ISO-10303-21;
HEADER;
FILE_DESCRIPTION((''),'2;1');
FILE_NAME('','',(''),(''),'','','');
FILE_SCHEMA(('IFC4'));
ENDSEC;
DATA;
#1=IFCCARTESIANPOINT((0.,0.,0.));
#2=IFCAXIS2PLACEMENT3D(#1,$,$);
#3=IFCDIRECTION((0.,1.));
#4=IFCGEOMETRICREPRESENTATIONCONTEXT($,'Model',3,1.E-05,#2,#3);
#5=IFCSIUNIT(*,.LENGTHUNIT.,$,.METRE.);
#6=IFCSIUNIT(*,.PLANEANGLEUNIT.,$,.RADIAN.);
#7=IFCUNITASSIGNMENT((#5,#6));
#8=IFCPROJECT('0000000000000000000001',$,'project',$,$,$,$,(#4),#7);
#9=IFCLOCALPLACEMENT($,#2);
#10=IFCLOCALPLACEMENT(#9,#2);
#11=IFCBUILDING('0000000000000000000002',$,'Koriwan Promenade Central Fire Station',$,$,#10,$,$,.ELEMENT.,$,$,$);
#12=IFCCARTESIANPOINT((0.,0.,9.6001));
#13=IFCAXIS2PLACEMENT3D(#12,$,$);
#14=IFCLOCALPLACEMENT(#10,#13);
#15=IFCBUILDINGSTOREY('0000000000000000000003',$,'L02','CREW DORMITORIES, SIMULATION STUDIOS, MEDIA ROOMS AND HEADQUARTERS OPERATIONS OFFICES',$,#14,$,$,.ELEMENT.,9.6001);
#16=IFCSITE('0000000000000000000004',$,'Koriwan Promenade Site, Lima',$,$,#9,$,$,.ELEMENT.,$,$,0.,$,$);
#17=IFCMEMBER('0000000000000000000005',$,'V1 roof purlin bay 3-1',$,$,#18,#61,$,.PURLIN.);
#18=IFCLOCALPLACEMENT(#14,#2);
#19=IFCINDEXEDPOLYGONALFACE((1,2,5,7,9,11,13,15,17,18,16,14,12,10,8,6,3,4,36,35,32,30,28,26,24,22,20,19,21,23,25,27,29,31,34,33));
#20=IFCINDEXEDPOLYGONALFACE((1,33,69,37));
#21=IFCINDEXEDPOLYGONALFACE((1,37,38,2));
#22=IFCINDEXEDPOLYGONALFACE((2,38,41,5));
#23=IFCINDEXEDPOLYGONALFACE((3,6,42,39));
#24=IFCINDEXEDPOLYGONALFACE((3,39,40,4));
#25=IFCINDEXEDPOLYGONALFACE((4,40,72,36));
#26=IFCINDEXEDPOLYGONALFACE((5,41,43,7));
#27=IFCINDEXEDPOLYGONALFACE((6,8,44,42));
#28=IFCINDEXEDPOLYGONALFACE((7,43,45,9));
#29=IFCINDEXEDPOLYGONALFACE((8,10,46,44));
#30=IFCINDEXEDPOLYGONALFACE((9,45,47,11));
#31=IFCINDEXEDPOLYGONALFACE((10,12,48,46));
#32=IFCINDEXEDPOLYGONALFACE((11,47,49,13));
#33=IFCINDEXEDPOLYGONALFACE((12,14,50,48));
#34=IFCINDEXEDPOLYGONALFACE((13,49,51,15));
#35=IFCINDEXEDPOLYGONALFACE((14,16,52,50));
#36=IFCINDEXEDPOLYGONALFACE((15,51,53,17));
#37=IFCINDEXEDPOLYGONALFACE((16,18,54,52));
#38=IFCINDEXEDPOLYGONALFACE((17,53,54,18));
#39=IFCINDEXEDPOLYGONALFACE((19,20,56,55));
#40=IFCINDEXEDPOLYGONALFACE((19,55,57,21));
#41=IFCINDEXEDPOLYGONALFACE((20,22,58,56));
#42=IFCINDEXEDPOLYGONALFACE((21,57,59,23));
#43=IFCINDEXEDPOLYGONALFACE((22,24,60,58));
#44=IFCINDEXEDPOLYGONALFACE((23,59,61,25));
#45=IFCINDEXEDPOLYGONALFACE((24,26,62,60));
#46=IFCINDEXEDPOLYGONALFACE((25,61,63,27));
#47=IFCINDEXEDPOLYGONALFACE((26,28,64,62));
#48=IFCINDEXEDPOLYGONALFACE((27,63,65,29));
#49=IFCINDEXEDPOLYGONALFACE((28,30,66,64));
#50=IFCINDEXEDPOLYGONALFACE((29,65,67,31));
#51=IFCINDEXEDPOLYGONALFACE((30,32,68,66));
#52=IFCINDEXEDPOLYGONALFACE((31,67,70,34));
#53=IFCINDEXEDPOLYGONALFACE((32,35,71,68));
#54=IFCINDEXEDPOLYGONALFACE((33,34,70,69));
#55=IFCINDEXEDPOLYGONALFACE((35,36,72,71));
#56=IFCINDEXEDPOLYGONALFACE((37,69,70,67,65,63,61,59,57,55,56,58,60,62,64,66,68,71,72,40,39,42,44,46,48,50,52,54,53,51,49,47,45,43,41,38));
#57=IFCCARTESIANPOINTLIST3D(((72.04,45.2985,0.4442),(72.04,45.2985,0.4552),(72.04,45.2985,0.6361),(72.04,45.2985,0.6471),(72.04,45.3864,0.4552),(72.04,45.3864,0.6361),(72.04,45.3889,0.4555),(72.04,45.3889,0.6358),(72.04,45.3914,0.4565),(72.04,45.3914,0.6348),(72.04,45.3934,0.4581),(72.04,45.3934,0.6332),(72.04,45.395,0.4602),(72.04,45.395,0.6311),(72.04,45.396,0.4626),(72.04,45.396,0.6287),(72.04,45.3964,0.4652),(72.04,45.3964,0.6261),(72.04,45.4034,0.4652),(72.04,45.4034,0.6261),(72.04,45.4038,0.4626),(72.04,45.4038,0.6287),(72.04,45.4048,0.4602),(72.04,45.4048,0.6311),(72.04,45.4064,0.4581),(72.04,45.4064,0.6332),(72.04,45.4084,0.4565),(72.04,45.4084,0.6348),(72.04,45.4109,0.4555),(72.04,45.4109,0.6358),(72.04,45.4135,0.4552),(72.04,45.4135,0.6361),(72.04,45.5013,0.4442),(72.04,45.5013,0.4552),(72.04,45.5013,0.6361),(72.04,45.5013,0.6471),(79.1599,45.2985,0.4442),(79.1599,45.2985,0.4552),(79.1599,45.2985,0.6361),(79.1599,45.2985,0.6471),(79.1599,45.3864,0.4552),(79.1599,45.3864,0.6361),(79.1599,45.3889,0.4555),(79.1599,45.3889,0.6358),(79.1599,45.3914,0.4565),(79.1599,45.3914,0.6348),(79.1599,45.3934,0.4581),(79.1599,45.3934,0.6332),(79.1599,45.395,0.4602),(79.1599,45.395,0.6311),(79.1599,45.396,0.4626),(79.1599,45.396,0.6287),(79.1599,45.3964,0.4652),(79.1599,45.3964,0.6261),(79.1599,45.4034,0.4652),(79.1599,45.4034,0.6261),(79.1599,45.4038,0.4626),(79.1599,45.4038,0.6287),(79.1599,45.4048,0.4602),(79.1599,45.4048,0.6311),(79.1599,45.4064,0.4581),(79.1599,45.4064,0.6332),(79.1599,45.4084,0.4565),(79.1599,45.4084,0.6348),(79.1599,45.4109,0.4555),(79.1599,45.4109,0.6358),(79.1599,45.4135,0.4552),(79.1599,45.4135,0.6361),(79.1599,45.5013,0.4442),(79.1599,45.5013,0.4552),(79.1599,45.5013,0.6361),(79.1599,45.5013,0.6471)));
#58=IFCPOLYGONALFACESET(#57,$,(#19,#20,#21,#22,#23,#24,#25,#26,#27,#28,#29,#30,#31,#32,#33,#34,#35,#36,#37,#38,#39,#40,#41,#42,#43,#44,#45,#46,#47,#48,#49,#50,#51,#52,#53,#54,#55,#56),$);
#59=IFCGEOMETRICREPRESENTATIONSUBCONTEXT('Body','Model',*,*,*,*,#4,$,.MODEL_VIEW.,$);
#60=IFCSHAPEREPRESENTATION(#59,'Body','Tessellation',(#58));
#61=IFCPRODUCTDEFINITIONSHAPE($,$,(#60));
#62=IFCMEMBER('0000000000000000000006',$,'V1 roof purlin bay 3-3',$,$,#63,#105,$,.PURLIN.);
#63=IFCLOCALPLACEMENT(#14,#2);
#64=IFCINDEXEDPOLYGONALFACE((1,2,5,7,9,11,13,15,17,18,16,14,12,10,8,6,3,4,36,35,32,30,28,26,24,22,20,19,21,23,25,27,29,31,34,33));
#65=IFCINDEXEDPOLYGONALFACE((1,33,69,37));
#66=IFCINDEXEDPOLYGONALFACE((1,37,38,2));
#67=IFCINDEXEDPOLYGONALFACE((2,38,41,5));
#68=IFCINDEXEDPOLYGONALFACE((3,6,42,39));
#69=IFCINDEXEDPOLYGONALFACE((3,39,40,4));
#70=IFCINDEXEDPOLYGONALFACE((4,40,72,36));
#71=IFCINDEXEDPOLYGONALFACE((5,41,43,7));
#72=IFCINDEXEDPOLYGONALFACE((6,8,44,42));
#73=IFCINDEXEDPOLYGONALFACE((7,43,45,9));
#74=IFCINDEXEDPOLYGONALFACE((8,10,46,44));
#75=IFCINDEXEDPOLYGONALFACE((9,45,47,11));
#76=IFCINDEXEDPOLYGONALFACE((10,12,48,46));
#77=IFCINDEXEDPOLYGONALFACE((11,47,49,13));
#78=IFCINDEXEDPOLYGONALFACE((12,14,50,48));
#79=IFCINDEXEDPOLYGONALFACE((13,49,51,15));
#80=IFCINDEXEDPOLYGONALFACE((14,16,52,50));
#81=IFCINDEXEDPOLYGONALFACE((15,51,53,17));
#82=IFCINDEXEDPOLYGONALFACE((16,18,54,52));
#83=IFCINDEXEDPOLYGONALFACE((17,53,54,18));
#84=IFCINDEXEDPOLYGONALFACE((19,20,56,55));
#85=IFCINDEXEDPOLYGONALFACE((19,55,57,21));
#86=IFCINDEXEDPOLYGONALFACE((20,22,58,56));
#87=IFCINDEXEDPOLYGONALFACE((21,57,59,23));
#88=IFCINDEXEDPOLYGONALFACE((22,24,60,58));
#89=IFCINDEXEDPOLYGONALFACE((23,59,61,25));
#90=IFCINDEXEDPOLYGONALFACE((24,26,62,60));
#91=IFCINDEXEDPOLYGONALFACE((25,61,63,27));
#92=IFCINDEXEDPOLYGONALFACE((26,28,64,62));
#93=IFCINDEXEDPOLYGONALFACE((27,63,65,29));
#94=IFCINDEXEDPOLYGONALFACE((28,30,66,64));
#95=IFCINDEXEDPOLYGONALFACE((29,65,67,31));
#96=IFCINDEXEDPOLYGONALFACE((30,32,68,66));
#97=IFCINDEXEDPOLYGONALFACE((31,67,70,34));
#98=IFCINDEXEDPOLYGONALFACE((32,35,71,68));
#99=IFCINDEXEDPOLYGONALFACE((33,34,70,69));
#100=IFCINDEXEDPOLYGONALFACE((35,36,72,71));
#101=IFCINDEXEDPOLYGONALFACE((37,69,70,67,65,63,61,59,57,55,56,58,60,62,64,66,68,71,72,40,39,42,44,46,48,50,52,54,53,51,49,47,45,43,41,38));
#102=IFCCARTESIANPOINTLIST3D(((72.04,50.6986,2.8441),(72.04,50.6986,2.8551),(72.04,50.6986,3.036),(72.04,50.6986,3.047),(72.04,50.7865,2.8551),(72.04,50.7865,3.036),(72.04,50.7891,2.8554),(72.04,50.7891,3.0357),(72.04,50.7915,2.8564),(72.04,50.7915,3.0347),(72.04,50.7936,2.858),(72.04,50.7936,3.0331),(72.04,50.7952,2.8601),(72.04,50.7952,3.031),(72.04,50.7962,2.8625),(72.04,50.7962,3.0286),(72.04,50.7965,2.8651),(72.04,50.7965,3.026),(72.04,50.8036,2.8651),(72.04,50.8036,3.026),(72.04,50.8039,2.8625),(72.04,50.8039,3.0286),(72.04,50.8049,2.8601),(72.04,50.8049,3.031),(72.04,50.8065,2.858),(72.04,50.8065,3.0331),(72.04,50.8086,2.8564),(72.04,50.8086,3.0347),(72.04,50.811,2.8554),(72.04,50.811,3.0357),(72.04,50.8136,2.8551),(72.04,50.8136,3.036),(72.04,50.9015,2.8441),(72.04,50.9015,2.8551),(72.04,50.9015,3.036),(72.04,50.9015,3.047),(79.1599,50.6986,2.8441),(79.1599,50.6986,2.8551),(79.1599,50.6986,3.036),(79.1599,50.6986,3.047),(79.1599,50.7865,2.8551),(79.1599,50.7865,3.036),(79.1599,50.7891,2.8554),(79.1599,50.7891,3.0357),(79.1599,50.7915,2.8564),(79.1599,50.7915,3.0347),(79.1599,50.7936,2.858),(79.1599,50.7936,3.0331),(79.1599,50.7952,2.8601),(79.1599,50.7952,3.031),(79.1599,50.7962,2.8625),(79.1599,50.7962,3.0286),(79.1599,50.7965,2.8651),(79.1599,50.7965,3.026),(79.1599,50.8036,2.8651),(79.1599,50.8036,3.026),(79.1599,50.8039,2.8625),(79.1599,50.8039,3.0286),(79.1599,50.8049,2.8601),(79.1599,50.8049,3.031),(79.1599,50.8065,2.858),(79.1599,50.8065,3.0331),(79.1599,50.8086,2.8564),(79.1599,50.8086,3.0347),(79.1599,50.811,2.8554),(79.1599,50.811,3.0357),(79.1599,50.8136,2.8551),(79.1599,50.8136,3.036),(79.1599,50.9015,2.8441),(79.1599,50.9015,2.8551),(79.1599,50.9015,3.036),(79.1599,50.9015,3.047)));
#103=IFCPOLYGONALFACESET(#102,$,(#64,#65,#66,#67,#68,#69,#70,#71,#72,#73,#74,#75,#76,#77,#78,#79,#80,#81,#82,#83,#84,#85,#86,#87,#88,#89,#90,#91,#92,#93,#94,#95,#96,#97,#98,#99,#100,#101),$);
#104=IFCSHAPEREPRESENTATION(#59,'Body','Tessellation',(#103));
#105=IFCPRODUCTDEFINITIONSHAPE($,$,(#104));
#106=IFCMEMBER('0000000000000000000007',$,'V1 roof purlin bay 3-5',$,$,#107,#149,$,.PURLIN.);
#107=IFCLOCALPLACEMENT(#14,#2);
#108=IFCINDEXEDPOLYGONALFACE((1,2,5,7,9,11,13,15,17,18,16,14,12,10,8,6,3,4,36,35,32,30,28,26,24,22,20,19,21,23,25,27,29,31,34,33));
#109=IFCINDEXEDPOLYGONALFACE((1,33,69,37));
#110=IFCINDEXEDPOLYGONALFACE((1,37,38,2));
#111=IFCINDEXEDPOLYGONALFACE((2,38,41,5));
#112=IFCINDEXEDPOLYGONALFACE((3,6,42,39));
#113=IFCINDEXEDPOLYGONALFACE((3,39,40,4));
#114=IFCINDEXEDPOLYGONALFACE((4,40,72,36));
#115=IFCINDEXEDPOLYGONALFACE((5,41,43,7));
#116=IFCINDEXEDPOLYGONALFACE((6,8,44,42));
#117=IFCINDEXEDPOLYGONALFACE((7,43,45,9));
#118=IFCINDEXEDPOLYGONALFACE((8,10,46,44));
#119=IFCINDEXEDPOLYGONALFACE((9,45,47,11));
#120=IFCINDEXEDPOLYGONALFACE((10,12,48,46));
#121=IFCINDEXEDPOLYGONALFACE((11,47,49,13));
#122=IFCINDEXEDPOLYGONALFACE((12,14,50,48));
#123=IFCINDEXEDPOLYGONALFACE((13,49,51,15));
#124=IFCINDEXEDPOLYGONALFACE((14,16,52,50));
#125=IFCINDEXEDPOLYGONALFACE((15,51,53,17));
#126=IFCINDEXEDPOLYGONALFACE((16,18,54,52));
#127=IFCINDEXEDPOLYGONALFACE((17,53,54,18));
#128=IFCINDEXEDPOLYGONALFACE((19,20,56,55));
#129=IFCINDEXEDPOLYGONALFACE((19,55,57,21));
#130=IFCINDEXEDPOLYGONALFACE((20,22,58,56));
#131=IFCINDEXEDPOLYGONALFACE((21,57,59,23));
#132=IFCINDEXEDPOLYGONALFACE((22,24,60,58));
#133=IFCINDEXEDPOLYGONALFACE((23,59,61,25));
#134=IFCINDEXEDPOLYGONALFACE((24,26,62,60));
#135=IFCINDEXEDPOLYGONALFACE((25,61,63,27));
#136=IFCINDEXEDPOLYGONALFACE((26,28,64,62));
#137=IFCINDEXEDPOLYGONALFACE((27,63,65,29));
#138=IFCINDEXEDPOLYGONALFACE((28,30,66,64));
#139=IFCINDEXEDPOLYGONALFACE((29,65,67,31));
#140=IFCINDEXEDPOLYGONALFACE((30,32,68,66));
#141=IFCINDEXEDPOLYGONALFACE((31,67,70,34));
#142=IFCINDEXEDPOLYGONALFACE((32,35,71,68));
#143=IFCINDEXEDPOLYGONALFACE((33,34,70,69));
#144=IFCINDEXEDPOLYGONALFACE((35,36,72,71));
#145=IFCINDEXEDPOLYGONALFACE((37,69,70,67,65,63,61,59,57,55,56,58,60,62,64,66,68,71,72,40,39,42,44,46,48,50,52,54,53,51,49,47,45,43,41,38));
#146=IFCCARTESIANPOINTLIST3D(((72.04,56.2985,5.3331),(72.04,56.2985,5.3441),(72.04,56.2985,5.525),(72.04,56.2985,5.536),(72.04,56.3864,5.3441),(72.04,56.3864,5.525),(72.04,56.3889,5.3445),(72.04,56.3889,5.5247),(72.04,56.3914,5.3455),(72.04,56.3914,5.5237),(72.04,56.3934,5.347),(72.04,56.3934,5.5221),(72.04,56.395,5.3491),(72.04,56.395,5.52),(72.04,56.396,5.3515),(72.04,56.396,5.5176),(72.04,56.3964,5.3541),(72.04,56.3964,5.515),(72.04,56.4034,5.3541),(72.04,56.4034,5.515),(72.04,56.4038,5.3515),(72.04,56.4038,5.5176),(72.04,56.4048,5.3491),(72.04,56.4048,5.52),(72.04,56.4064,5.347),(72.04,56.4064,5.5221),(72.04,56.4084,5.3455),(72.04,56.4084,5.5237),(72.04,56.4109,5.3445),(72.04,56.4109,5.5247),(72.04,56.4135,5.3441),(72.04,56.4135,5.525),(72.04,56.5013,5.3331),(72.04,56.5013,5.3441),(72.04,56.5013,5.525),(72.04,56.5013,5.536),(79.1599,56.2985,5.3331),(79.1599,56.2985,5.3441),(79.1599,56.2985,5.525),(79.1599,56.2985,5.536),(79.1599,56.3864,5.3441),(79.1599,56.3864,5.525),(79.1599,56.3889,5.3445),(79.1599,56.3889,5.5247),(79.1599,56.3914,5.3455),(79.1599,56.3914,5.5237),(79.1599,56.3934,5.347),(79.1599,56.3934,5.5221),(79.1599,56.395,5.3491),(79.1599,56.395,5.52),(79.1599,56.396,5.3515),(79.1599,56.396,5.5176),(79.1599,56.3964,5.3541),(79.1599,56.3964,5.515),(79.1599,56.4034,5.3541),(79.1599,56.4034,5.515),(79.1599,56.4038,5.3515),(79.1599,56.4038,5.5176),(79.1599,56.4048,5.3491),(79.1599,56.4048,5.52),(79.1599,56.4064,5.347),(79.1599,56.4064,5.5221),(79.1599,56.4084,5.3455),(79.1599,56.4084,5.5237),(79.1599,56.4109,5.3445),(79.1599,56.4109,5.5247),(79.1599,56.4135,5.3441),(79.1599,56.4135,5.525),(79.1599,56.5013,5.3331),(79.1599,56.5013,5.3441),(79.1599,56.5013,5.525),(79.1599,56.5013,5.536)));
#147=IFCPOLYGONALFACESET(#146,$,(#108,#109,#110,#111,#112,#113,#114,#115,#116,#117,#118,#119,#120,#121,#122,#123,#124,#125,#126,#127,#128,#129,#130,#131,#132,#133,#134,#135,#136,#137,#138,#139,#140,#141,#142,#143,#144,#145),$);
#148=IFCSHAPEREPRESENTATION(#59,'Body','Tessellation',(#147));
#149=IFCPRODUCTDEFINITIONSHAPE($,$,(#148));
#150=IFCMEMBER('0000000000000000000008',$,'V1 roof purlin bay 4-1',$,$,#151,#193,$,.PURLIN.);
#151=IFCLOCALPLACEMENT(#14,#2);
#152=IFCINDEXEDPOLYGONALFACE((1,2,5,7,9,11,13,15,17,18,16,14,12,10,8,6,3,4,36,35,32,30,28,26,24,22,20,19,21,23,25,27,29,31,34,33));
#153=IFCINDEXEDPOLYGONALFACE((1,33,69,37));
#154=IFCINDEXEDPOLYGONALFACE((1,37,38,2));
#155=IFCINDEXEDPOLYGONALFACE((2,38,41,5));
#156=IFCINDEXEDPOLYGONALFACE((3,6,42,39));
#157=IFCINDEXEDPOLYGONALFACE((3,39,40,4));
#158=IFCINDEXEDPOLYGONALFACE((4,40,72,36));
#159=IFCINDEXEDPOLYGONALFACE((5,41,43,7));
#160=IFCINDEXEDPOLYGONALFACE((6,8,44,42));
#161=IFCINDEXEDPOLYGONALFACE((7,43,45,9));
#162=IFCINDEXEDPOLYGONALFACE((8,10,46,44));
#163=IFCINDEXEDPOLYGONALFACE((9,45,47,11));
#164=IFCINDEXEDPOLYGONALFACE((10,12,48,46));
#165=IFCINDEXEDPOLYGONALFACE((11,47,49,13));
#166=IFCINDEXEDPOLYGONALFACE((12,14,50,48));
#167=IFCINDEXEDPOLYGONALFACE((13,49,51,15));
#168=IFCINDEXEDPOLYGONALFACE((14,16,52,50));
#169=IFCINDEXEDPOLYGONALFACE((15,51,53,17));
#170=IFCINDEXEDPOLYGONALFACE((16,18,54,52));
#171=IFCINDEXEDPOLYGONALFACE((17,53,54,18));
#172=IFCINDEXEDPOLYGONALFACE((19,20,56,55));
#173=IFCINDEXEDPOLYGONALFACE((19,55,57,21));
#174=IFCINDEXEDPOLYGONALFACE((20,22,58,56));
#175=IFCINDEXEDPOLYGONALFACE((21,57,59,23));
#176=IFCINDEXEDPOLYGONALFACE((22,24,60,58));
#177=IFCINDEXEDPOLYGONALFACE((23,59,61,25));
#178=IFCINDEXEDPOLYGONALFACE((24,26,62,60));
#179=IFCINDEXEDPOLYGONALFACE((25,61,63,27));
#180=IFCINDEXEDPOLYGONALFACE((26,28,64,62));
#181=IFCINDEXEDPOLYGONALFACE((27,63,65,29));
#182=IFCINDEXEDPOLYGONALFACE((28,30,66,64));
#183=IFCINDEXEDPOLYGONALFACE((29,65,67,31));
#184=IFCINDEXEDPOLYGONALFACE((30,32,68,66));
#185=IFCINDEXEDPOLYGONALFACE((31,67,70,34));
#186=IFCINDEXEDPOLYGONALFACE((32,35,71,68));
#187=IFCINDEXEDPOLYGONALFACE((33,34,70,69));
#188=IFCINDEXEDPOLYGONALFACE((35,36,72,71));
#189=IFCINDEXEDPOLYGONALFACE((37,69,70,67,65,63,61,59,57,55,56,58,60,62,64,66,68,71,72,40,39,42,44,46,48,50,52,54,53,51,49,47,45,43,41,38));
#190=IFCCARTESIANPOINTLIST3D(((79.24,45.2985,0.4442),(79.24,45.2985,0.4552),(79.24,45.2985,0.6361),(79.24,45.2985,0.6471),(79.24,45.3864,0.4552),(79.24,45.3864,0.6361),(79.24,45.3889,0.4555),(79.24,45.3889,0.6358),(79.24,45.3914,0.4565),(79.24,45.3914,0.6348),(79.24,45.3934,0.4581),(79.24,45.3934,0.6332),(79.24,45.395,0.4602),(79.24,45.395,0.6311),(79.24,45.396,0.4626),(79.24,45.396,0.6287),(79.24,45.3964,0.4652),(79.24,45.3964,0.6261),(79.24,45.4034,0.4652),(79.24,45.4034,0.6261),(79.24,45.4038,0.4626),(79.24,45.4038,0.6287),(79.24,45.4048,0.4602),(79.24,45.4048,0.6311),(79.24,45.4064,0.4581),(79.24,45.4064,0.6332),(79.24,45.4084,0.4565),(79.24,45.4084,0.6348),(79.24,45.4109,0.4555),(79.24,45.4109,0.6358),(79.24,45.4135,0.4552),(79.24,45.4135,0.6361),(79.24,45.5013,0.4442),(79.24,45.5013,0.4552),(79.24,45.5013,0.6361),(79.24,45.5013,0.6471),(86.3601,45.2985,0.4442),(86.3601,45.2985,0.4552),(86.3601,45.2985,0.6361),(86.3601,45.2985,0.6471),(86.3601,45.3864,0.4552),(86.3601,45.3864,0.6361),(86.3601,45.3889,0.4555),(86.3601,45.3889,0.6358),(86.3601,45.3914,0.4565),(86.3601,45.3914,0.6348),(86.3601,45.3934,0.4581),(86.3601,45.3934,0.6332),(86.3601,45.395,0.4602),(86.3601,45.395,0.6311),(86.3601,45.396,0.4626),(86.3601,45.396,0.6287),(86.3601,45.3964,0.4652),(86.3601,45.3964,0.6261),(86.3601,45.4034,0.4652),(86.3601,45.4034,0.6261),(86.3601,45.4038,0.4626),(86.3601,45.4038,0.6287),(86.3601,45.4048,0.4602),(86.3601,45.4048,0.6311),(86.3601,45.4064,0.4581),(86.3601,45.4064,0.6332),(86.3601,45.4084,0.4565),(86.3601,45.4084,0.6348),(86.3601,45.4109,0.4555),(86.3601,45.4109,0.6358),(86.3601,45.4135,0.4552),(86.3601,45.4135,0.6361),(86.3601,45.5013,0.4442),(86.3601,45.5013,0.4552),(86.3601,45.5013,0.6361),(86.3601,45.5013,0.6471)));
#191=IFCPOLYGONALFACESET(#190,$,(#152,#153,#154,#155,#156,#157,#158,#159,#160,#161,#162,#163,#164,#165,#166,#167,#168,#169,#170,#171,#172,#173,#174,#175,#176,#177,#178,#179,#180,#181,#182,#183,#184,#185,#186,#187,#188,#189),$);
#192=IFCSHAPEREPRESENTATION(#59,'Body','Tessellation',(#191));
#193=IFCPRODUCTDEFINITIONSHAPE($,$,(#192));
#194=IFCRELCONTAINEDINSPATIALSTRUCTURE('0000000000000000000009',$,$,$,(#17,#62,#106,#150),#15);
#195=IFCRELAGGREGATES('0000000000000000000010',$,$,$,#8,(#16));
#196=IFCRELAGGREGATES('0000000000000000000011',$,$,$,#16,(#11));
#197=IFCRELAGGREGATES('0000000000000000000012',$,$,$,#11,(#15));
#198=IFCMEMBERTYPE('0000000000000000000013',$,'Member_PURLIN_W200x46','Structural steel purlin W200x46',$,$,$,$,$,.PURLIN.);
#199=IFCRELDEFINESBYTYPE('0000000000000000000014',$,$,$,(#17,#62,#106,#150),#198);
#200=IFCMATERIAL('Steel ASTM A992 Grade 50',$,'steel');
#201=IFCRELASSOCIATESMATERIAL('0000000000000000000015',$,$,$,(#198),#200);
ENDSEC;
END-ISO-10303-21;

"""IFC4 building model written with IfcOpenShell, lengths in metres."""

from ifc_helpers import new_model, si_unit, direction, frame, origin, origin_2d, place, context, subcontext, project, spatial, i_section, extrude, material, material_profile, profile_set, type_object, element, save


model = new_model("IFC4")

# Units and contexts
model_context = context("Model", 3, precision=1e-05, world=origin(), true_north=direction((0.0, 1.0)))
body_context = subcontext(model_context, "Body", "Model", "MODEL_VIEW")
ifc_project = project(units=[si_unit("LENGTHUNIT", "METRE"), si_unit("PLANEANGLEUNIT", "RADIAN")], contexts=[model_context])

# Site, building, storey
site_placement = place(None, origin())
site = spatial("IfcSite", under=ifc_project, at=site_placement, Name="Koriwan Promenade Site, Lima", CompositionType="ELEMENT", RefElevation=0.0)
building_placement = place(site_placement, origin())
building = spatial("IfcBuilding", under=site, at=building_placement, Name="Koriwan Promenade Central Fire Station", CompositionType="ELEMENT")
storey_placement = place(building_placement, frame((0.0, 0.0, 9.6001)))
storey = spatial("IfcBuildingStorey", under=building, at=storey_placement, Name="L02", Description="CREW DORMITORIES, SIMULATION STUDIOS, MEDIA ROOMS AND HEADQUARTERS OPERATIONS OFFICES", CompositionType="ELEMENT", Elevation=9.6001)

# Members
ifc_material_1 = material(Name="Steel ASTM A992 Grade 50", Category="steel")
ifc_material_profile_1 = material_profile(ifc_material_1, i_section(OverallWidth=0.2029, OverallDepth=0.2029, WebThickness=0.0071, FlangeThickness=0.011, FilletRadius=0.01, at=origin_2d()), Name="W200x46")
ifc_profile_set_1 = profile_set([ifc_material_profile_1], Name="Steel ASTM A992 Grade 50")
member_type_1 = type_object("IfcMemberType", Name="Member_PURLIN_W200x46", Description="Structural steel purlin W200x46", PredefinedType="PURLIN", material=ifc_profile_set_1)
for number, where, z_axis, x_axis, name in (
    (1, (72.04, 45.3999, 0.5457), (1.0, 0.0, 0.0), (0.0, 1.0, 0.0), "V1 roof purlin bay 3-1"),
    (2, (72.04, 50.8, 2.9456), (1.0, 0.0, 0.0), (0.0, 1.0, 0.0), "V1 roof purlin bay 3-3"),
    (3, (72.04, 56.3999, 5.4346), (1.0, 0.0, 0.0), (0.0, 1.0, 0.0), "V1 roof purlin bay 3-5"),
):
    element("IfcMember", number, at=place(storey_placement, frame(where, z_axis=z_axis, x_axis=x_axis)), inside=storey, type_object=member_type_1, Name=name, PredefinedType="PURLIN", context=body_context, shape_type="SweptSolid", body=[
        extrude(i_section(OverallWidth=0.2029, OverallDepth=0.2029, WebThickness=0.0071, FlangeThickness=0.011, FilletRadius=0.01, at=origin_2d()), origin(), (0.0, 0.0, 1.0), 7.1199),
    ])
for number, where, z_axis, x_axis, name in (
    (4, (79.24, 45.3999, 0.5457), (1.0, 0.0, 0.0), (0.0, 1.0, 0.0), "V1 roof purlin bay 4-1"),
):
    element("IfcMember", number, at=place(storey_placement, frame(where, z_axis=z_axis, x_axis=x_axis)), inside=storey, type_object=member_type_1, Name=name, PredefinedType="PURLIN", context=body_context, shape_type="SweptSolid", body=[
        extrude(i_section(OverallWidth=0.2029, OverallDepth=0.2029, WebThickness=0.0071, FlangeThickness=0.011, FilletRadius=0.01, at=origin_2d()), origin(), (0.0, 0.0, 1.0), 7.1201),
    ])

save(model, "model.ifc")
